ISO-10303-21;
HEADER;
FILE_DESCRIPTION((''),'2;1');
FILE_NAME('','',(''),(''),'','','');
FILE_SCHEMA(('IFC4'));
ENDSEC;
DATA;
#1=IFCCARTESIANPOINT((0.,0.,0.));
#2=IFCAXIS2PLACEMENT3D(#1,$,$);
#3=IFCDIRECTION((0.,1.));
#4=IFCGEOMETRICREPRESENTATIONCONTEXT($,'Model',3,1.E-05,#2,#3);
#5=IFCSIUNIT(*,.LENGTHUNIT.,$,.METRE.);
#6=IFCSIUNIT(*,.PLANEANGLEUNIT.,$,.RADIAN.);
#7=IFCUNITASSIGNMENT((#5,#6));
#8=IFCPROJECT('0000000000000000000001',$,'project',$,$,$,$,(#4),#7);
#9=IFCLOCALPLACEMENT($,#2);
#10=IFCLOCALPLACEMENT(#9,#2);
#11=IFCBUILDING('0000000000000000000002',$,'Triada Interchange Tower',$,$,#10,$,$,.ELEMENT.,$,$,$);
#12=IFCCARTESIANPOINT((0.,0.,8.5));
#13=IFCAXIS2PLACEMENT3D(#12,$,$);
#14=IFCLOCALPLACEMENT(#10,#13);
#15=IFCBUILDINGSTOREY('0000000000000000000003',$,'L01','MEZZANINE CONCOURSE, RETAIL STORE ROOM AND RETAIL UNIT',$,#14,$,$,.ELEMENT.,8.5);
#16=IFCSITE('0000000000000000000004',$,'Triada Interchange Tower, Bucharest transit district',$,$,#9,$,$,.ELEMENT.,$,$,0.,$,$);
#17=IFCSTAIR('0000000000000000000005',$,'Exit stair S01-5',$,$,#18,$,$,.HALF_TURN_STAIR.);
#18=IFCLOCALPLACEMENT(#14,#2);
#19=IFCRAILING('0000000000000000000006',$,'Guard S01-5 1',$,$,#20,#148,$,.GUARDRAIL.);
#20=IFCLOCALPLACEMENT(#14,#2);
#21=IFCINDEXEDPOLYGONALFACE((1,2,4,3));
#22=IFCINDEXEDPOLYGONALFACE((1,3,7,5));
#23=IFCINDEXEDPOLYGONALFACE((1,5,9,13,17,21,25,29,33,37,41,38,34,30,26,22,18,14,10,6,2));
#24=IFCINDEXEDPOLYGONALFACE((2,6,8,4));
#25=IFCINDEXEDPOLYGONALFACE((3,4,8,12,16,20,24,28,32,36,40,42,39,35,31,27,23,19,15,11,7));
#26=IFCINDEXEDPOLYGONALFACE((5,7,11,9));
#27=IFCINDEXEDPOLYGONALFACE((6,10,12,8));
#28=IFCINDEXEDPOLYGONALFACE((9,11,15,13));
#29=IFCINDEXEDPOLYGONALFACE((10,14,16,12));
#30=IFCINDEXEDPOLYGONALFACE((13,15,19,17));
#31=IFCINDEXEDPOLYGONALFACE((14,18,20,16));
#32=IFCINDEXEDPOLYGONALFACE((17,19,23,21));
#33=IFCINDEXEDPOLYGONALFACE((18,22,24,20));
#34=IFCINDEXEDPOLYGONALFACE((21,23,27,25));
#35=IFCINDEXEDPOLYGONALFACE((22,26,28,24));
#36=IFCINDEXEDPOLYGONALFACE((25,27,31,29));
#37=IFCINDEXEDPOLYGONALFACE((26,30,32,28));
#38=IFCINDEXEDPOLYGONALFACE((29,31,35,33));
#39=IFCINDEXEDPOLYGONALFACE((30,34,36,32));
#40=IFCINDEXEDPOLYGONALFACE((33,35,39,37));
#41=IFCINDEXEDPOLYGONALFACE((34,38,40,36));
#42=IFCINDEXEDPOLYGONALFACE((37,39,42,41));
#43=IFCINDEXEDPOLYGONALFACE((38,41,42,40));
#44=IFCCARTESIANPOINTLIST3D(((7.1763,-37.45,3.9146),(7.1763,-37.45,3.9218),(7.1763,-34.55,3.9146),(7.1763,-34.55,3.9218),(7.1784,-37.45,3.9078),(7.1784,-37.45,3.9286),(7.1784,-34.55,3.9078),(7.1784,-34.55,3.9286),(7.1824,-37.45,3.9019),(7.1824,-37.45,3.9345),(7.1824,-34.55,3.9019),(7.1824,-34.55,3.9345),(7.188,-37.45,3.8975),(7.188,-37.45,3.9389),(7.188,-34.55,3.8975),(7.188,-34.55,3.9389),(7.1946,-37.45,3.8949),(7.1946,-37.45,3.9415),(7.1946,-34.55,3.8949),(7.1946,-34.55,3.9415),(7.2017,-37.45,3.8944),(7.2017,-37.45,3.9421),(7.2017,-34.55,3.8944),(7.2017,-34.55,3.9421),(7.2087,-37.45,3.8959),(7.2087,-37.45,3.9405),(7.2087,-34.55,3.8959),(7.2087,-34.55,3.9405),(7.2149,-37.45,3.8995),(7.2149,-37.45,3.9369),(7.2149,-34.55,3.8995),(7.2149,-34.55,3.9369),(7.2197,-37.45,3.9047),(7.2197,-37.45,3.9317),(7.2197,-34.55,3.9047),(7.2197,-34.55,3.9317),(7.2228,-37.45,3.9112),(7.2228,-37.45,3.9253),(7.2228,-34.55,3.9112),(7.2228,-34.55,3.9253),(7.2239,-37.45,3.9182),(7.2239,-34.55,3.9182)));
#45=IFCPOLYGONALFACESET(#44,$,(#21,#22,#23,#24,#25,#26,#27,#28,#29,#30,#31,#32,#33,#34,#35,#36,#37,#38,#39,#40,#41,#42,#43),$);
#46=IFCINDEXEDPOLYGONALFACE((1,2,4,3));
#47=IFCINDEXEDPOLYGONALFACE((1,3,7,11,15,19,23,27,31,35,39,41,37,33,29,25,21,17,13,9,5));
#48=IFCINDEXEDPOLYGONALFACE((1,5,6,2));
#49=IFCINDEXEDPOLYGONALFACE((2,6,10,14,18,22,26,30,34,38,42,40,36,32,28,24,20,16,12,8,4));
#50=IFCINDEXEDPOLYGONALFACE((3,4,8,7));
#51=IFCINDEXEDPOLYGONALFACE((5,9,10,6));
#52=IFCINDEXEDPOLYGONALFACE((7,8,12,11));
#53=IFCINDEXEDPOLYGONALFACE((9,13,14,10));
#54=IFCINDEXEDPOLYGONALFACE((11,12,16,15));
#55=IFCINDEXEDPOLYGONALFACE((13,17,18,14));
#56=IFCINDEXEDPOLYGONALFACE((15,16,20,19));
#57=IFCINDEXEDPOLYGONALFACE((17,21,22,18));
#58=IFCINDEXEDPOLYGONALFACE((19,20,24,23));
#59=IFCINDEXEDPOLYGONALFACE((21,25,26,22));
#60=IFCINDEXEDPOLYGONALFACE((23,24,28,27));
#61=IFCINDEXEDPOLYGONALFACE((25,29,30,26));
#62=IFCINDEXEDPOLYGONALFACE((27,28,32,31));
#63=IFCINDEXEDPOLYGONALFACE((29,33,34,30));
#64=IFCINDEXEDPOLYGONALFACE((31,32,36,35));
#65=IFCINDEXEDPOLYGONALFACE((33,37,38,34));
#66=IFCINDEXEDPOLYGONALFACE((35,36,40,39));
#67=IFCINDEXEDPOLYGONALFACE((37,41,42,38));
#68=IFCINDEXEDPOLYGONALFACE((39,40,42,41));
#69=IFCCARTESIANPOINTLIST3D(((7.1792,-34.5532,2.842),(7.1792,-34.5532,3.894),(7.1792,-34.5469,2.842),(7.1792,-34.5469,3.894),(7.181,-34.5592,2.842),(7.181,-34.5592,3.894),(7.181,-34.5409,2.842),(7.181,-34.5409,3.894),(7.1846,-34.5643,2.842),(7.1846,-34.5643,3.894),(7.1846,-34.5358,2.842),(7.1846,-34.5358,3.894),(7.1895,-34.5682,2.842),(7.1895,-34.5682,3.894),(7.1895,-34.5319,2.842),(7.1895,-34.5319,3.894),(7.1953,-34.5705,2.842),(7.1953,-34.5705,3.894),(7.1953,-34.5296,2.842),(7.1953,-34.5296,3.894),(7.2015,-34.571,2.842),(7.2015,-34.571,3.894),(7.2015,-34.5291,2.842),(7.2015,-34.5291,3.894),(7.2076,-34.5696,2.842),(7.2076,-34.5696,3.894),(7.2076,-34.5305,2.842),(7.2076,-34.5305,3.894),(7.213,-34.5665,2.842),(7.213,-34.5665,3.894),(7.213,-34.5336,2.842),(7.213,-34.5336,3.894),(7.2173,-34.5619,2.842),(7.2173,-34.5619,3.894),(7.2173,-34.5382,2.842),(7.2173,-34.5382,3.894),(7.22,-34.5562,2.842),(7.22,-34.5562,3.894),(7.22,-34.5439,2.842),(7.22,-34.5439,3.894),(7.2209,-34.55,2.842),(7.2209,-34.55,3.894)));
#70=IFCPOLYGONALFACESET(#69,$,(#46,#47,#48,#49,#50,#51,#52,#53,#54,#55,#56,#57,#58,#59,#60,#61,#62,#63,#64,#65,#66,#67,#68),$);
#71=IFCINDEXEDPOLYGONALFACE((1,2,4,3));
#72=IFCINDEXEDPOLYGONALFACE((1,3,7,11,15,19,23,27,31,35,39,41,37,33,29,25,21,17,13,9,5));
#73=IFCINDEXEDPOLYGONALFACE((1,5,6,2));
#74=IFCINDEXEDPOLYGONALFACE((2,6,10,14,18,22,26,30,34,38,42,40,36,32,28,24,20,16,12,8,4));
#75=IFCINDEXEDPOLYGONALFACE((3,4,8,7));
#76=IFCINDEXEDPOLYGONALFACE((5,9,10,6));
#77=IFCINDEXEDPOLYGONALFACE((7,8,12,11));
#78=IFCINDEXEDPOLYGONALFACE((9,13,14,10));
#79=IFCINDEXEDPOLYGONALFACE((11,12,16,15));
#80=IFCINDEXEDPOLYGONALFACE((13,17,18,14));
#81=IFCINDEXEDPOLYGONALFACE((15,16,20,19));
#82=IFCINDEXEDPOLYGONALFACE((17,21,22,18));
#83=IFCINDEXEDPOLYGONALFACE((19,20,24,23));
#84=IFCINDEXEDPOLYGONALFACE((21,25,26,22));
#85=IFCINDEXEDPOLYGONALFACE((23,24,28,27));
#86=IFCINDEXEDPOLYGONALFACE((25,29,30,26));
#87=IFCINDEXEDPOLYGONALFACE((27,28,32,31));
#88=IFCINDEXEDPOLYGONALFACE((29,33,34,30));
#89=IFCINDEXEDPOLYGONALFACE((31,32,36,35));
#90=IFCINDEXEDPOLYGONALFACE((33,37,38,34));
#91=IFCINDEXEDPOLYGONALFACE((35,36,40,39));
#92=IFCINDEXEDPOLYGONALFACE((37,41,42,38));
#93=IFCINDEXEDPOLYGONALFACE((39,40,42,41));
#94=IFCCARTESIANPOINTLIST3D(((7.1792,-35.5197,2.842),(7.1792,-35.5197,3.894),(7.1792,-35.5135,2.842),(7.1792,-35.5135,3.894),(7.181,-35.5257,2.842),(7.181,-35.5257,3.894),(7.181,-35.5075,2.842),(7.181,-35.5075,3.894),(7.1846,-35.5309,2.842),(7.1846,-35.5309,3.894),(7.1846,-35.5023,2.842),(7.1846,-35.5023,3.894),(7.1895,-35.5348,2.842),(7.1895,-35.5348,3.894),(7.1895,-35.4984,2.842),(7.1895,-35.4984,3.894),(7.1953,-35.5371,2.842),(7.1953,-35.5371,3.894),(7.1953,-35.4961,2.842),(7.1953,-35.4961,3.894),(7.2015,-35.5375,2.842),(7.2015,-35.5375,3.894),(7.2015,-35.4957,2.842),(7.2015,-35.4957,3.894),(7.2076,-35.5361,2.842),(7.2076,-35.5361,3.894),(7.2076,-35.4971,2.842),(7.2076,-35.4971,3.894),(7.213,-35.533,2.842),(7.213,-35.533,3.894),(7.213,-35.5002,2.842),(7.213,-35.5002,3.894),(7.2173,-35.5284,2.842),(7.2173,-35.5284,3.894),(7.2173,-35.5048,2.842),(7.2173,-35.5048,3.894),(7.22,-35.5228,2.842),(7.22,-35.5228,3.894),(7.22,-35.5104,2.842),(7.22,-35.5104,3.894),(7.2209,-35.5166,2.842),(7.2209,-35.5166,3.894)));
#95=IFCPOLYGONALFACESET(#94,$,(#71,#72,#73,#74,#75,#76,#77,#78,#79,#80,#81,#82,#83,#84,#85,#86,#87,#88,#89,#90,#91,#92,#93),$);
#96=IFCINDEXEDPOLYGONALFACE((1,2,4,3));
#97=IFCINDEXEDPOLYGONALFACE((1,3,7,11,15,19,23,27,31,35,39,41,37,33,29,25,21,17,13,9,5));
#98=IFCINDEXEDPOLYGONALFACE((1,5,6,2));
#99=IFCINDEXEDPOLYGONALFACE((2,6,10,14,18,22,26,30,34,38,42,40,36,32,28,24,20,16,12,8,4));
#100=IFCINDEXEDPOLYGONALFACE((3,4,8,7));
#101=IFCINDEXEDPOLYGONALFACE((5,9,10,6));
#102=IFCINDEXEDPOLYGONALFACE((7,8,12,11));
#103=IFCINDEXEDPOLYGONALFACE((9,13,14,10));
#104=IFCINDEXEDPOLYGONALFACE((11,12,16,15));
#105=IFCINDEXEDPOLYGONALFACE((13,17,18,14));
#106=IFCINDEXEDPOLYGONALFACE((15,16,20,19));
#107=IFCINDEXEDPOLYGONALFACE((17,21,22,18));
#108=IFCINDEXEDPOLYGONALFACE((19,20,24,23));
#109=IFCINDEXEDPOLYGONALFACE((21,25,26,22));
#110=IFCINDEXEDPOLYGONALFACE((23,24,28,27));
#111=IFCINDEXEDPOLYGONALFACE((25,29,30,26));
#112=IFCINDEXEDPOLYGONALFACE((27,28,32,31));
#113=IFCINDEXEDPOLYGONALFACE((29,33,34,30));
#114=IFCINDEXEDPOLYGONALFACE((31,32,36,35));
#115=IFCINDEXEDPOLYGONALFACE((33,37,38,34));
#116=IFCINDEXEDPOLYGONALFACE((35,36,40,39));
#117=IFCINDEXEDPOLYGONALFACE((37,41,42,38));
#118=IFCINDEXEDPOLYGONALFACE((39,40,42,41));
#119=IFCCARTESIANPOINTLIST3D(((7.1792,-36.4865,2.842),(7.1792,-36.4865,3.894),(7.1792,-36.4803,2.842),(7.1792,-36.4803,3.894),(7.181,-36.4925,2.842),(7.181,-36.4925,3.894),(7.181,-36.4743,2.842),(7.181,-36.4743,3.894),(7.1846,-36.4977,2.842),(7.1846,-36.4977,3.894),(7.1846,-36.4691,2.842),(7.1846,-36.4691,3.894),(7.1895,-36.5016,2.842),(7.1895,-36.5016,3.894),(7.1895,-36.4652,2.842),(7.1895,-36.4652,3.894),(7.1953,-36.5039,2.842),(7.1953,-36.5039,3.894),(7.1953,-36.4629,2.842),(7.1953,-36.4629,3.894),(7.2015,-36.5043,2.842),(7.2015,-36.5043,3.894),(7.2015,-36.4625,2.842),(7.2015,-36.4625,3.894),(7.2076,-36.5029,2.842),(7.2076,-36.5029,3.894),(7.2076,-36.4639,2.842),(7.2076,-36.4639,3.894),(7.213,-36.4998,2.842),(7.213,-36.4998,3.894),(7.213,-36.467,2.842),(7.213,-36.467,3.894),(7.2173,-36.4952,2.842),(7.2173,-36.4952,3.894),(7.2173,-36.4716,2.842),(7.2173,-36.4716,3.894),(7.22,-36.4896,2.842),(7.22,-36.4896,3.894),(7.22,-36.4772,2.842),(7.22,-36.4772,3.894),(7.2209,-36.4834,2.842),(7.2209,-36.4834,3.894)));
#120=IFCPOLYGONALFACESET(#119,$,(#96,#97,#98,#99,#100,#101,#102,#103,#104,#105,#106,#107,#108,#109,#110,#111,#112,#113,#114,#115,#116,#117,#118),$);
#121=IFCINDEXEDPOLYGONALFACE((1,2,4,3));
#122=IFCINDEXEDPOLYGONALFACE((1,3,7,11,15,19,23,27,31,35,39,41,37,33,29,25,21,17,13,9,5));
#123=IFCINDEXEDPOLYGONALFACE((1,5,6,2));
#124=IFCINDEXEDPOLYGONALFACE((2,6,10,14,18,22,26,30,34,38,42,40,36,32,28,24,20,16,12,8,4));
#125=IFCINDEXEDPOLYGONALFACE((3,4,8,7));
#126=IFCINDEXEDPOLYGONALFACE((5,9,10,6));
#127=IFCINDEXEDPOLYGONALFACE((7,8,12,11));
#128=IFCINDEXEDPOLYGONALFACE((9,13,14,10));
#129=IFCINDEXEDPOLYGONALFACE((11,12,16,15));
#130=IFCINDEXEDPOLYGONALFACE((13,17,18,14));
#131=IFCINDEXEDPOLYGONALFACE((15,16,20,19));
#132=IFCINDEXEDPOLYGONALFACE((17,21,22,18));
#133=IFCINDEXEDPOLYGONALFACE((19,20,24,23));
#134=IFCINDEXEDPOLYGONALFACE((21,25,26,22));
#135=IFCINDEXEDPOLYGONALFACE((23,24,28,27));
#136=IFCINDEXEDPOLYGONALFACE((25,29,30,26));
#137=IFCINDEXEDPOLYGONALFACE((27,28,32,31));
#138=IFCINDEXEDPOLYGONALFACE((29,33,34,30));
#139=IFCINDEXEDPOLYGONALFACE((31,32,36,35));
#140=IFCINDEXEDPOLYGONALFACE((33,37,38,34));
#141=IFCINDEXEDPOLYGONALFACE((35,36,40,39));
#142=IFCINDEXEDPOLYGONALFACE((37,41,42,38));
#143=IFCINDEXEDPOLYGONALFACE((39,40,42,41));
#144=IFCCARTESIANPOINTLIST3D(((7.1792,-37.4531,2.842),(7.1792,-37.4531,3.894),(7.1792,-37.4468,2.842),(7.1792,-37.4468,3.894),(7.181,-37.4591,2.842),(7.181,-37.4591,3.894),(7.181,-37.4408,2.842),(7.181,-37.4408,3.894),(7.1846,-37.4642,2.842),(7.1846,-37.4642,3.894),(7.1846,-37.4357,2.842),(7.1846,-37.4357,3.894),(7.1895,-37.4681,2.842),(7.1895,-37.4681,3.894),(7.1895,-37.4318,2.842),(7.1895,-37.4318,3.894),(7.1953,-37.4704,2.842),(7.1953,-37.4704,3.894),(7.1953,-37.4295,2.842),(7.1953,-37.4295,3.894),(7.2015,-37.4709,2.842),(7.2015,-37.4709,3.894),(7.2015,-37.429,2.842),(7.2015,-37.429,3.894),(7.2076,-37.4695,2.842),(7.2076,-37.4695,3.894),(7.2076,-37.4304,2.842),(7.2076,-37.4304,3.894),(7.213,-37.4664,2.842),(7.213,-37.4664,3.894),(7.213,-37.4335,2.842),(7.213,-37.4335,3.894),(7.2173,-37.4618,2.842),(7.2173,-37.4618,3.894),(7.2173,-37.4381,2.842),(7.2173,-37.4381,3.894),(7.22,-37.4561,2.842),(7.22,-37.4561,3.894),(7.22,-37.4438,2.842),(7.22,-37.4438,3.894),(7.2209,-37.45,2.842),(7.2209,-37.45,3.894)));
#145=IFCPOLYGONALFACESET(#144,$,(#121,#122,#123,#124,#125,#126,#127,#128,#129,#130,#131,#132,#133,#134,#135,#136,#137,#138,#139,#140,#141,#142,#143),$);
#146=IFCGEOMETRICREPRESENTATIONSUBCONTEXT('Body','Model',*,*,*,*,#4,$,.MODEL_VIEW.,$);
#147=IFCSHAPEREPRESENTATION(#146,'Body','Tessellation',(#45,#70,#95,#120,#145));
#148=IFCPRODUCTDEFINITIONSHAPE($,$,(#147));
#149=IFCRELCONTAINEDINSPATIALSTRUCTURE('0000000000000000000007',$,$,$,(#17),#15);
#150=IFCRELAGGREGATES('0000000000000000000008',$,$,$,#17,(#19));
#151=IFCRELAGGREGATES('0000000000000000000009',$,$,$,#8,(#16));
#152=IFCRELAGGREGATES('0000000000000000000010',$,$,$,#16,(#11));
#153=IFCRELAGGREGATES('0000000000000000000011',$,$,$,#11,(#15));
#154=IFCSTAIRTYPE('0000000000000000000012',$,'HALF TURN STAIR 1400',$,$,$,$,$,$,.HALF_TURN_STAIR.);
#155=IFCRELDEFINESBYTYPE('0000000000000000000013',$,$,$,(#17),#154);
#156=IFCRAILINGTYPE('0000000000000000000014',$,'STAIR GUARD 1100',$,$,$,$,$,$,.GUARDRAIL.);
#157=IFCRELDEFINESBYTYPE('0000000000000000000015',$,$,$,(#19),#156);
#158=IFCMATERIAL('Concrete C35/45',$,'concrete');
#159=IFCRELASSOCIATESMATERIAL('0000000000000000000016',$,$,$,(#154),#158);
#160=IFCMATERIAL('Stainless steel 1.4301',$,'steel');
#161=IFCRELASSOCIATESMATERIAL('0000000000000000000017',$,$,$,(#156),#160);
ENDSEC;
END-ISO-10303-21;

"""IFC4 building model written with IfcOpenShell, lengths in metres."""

from ifc_helpers import new_model, si_unit, direction, frame, origin, origin_2d, place, context, subcontext, project, spatial, circle, extrude, material, type_object, element, aggregate, save


model = new_model("IFC4")

# Units and contexts
model_context = context("Model", 3, precision=1e-05, world=origin(), true_north=direction((0.0, 1.0)))
body_context = subcontext(model_context, "Body", "Model", "MODEL_VIEW")
ifc_project = project(units=[si_unit("LENGTHUNIT", "METRE"), si_unit("PLANEANGLEUNIT", "RADIAN")], contexts=[model_context])

# Site, building, storey
site_placement = place(None, origin())
site = spatial("IfcSite", under=ifc_project, at=site_placement, Name="Triada Interchange Tower, Bucharest transit district", CompositionType="ELEMENT", RefElevation=0.0)
building_placement = place(site_placement, origin())
building = spatial("IfcBuilding", under=site, at=building_placement, Name="Triada Interchange Tower", CompositionType="ELEMENT")
storey_placement = place(building_placement, frame((0.0, 0.0, 8.5)))
storey = spatial("IfcBuildingStorey", under=building, at=storey_placement, Name="L01", Description="MEZZANINE CONCOURSE, RETAIL STORE ROOM AND RETAIL UNIT", CompositionType="ELEMENT", Elevation=8.5)

# Shared definitions
ifc_material_1 = material(Name="Concrete C35/45", Category="concrete")

# Shared definitions
stair_type = type_object("IfcStairType", Name="HALF TURN STAIR 1400", PredefinedType="HALF_TURN_STAIR", material=ifc_material_1)

# Stair, railing
stair_1_placement = place(storey_placement, origin())
stair_1 = element("IfcStair", 1, at=stair_1_placement, inside=storey, type_object=stair_type, Name="Exit stair S01-5", PredefinedType="HALF_TURN_STAIR")
ifc_material_2 = material(Name="Stainless steel 1.4301", Category="steel")
railing_type_1 = type_object("IfcRailingType", Name="STAIR GUARD 1100", PredefinedType="GUARDRAIL", material=ifc_material_2)
railing_1_placement = place(storey_placement, frame((7.2, -34.55, 2.842)))
railing_1 = element("IfcRailing", 2, at=railing_1_placement, type_object=railing_type_1, Name="Guard S01-5 1", PredefinedType="GUARDRAIL", context=body_context, shape_type="SweptSolid", body=[
    extrude(circle(Radius=0.0239, at=origin_2d()), frame((0.0, 0.0, 1.0762), z_axis=(0.0, -1.0, 0.0), x_axis=(1.0, 0.0, 0.0)), (0.0, 0.0, 1.0), 2.8999),
    extrude(circle(Radius=0.021, at=origin_2d()), origin(), (0.0, 0.0, 1.0), 1.052),
    extrude(circle(Radius=0.021, at=origin_2d()), frame((0.0, -0.9666, 0.0)), (0.0, 0.0, 1.0), 1.052),
    extrude(circle(Radius=0.021, at=origin_2d()), frame((0.0, -1.9333, 0.0)), (0.0, 0.0, 1.0), 1.052),
    extrude(circle(Radius=0.021, at=origin_2d()), frame((0.0, -2.8999, 0.0)), (0.0, 0.0, 1.0), 1.052),
])
aggregate(stair_1, [railing_1])

save(model, "model.ifc")
